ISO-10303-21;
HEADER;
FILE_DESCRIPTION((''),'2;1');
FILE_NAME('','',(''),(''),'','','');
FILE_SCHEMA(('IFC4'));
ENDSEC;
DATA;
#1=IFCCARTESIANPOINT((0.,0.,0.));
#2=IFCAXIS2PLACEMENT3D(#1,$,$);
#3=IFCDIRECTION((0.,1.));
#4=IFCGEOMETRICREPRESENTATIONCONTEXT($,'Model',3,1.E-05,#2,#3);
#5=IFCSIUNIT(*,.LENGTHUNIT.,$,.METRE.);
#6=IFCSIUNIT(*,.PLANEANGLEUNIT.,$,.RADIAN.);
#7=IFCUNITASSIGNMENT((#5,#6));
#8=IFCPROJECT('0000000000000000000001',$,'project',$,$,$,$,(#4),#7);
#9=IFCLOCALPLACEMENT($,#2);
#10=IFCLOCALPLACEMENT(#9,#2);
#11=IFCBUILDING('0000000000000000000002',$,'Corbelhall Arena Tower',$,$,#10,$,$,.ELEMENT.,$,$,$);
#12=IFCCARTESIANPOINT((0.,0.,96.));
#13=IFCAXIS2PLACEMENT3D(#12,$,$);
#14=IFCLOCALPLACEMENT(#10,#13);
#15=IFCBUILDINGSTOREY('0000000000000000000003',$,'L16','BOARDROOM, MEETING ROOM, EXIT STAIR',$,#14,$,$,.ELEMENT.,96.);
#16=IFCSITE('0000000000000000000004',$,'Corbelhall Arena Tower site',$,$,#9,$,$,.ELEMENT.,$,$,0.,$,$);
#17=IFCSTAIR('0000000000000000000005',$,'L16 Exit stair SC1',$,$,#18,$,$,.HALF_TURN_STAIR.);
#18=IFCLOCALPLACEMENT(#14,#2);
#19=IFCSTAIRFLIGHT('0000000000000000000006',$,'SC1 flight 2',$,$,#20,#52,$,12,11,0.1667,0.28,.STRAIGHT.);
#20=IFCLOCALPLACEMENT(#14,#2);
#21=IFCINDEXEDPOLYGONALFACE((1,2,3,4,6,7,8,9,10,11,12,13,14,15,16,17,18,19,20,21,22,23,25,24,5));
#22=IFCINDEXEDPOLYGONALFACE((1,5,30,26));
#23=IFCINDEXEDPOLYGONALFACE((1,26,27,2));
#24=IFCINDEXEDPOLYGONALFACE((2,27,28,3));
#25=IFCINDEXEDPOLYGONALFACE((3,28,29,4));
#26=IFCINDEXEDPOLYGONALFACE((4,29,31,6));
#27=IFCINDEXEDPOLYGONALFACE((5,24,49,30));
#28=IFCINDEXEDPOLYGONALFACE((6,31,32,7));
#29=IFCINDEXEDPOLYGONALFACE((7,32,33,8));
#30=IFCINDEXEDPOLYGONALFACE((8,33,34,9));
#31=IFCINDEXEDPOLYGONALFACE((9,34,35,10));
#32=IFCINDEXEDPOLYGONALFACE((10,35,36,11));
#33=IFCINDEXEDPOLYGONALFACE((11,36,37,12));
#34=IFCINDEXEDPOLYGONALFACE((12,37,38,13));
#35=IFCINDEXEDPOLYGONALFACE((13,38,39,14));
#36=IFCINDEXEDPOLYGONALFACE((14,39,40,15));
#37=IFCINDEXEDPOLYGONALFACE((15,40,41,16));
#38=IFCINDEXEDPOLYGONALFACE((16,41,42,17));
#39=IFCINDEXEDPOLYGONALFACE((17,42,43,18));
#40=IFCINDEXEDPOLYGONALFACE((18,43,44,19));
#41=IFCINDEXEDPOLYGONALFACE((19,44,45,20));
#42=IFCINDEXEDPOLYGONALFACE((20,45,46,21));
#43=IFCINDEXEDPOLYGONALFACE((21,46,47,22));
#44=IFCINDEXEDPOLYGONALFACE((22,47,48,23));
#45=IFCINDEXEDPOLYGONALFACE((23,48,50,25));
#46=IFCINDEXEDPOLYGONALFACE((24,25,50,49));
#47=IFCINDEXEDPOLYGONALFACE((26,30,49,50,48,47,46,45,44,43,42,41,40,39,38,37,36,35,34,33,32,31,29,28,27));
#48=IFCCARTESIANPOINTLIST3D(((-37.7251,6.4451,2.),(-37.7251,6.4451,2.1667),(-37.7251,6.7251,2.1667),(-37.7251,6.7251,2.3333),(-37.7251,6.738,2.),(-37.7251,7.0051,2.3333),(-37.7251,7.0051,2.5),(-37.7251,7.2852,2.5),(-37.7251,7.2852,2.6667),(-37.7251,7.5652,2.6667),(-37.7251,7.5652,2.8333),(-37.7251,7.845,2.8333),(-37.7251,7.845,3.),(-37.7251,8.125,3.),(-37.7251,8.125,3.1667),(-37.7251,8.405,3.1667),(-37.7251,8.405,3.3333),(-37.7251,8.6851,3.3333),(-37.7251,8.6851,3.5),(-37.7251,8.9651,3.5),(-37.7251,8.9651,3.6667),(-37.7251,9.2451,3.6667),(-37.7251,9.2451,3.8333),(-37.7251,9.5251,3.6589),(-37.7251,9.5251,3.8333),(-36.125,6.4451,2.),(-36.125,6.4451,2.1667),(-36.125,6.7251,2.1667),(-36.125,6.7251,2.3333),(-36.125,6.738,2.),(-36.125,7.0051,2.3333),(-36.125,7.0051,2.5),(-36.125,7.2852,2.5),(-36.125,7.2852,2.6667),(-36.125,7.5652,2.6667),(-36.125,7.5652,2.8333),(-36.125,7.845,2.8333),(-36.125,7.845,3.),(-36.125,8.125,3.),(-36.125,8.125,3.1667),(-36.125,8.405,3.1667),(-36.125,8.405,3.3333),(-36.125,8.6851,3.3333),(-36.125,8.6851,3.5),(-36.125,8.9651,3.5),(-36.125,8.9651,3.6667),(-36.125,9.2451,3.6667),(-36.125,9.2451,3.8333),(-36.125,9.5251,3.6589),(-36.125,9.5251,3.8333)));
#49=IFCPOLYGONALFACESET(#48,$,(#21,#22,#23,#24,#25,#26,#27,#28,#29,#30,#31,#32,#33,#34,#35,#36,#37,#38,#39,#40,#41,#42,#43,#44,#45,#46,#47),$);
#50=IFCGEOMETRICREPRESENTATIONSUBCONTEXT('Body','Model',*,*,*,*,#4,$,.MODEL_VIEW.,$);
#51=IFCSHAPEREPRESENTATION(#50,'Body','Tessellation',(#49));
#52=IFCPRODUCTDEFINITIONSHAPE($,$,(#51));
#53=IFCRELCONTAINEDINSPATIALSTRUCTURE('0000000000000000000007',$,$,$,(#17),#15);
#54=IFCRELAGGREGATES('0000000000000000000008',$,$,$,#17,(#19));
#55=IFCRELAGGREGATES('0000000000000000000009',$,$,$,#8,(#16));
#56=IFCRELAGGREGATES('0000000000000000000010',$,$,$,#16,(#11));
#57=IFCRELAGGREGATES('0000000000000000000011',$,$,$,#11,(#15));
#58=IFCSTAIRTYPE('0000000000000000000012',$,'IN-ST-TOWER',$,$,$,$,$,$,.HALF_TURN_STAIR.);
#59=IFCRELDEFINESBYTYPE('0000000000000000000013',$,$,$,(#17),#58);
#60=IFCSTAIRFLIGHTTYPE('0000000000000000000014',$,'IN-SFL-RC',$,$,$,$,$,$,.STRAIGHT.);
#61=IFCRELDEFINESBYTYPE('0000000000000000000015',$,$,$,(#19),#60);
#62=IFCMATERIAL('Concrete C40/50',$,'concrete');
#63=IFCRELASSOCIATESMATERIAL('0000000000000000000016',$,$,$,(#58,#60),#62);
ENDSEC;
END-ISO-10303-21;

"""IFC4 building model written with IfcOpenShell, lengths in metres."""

from ifc_helpers import new_model, si_unit, direction, frame, origin, place, context, subcontext, project, spatial, polyline, outline, extrude, material, type_object, element, aggregate, save


model = new_model("IFC4")

# Units and contexts
model_context = context("Model", 3, precision=1e-05, world=origin(), true_north=direction((0.0, 1.0)))
body_context = subcontext(model_context, "Body", "Model", "MODEL_VIEW")
ifc_project = project(units=[si_unit("LENGTHUNIT", "METRE"), si_unit("PLANEANGLEUNIT", "RADIAN")], contexts=[model_context])

# Site, building, storey
site_placement = place(None, origin())
site = spatial("IfcSite", under=ifc_project, at=site_placement, Name="Corbelhall Arena Tower site", CompositionType="ELEMENT", RefElevation=0.0)
building_placement = place(site_placement, origin())
building = spatial("IfcBuilding", under=site, at=building_placement, Name="Corbelhall Arena Tower", CompositionType="ELEMENT")
storey_placement = place(building_placement, frame((0.0, 0.0, 96.0)))
storey = spatial("IfcBuildingStorey", under=building, at=storey_placement, Name="L16", Description="BOARDROOM, MEETING ROOM, EXIT STAIR", CompositionType="ELEMENT", Elevation=96.0)

# Shared definitions
ifc_material_1 = material(Name="Concrete C40/50", Category="concrete")

# Stair, stair flight
stair_type = type_object("IfcStairType", Name="IN-ST-TOWER", PredefinedType="HALF_TURN_STAIR", material=ifc_material_1)
stair_placement = place(storey_placement, origin())
stair = element("IfcStair", 1, at=stair_placement, inside=storey, type_object=stair_type, Name="L16 Exit stair SC1", PredefinedType="HALF_TURN_STAIR")
stair_flight_type = type_object("IfcStairFlightType", Name="IN-SFL-RC", PredefinedType="STRAIGHT", material=ifc_material_1)
stair_flight_1_placement = place(storey_placement, frame((-36.925, 6.4451, 2.0), z_axis=(0.0, 0.0, 1.0), x_axis=(0.0, 1.0, 0.0)))
stair_flight_1 = element("IfcStairFlight", 2, at=stair_flight_1_placement, type_object=stair_flight_type, Name="SC1 flight 2", NumberOfRisers=12, NumberOfTreads=11, PredefinedType="STRAIGHT", RiserHeight=0.1667, TreadLength=0.28, context=body_context, shape_type="SweptSolid", body=[
    extrude(outline(polyline([(0.0, 0.0), (0.0, 0.1667), (0.28, 0.1667), (0.28, 0.3333), (0.5601, 0.3333), (0.5601, 0.5), (0.8401, 0.5), (0.8401, 0.6667), (1.1201, 0.6667), (1.1201, 0.8333), (1.3999, 0.8333), (1.3999, 1.0), (1.6799, 1.0), (1.6799, 1.1667), (1.96, 1.1667), (1.96, 1.3333), (2.24, 1.3333), (2.24, 1.5), (2.52, 1.5), (2.52, 1.6667), (2.8, 1.6667), (2.8, 1.8333), (3.0801, 1.8333), (3.0801, 2.0), (3.0801, 1.6589), (0.293, 0.0), (0.0, 0.0)])), frame((0.0, 0.8, 0.0), z_axis=(0.0, -1.0, 0.0), x_axis=(1.0, 0.0, 0.0)), (0.0, 0.0, 1.0), 1.6001),
])
aggregate(stair, [stair_flight_1])

save(model, "model.ifc")
